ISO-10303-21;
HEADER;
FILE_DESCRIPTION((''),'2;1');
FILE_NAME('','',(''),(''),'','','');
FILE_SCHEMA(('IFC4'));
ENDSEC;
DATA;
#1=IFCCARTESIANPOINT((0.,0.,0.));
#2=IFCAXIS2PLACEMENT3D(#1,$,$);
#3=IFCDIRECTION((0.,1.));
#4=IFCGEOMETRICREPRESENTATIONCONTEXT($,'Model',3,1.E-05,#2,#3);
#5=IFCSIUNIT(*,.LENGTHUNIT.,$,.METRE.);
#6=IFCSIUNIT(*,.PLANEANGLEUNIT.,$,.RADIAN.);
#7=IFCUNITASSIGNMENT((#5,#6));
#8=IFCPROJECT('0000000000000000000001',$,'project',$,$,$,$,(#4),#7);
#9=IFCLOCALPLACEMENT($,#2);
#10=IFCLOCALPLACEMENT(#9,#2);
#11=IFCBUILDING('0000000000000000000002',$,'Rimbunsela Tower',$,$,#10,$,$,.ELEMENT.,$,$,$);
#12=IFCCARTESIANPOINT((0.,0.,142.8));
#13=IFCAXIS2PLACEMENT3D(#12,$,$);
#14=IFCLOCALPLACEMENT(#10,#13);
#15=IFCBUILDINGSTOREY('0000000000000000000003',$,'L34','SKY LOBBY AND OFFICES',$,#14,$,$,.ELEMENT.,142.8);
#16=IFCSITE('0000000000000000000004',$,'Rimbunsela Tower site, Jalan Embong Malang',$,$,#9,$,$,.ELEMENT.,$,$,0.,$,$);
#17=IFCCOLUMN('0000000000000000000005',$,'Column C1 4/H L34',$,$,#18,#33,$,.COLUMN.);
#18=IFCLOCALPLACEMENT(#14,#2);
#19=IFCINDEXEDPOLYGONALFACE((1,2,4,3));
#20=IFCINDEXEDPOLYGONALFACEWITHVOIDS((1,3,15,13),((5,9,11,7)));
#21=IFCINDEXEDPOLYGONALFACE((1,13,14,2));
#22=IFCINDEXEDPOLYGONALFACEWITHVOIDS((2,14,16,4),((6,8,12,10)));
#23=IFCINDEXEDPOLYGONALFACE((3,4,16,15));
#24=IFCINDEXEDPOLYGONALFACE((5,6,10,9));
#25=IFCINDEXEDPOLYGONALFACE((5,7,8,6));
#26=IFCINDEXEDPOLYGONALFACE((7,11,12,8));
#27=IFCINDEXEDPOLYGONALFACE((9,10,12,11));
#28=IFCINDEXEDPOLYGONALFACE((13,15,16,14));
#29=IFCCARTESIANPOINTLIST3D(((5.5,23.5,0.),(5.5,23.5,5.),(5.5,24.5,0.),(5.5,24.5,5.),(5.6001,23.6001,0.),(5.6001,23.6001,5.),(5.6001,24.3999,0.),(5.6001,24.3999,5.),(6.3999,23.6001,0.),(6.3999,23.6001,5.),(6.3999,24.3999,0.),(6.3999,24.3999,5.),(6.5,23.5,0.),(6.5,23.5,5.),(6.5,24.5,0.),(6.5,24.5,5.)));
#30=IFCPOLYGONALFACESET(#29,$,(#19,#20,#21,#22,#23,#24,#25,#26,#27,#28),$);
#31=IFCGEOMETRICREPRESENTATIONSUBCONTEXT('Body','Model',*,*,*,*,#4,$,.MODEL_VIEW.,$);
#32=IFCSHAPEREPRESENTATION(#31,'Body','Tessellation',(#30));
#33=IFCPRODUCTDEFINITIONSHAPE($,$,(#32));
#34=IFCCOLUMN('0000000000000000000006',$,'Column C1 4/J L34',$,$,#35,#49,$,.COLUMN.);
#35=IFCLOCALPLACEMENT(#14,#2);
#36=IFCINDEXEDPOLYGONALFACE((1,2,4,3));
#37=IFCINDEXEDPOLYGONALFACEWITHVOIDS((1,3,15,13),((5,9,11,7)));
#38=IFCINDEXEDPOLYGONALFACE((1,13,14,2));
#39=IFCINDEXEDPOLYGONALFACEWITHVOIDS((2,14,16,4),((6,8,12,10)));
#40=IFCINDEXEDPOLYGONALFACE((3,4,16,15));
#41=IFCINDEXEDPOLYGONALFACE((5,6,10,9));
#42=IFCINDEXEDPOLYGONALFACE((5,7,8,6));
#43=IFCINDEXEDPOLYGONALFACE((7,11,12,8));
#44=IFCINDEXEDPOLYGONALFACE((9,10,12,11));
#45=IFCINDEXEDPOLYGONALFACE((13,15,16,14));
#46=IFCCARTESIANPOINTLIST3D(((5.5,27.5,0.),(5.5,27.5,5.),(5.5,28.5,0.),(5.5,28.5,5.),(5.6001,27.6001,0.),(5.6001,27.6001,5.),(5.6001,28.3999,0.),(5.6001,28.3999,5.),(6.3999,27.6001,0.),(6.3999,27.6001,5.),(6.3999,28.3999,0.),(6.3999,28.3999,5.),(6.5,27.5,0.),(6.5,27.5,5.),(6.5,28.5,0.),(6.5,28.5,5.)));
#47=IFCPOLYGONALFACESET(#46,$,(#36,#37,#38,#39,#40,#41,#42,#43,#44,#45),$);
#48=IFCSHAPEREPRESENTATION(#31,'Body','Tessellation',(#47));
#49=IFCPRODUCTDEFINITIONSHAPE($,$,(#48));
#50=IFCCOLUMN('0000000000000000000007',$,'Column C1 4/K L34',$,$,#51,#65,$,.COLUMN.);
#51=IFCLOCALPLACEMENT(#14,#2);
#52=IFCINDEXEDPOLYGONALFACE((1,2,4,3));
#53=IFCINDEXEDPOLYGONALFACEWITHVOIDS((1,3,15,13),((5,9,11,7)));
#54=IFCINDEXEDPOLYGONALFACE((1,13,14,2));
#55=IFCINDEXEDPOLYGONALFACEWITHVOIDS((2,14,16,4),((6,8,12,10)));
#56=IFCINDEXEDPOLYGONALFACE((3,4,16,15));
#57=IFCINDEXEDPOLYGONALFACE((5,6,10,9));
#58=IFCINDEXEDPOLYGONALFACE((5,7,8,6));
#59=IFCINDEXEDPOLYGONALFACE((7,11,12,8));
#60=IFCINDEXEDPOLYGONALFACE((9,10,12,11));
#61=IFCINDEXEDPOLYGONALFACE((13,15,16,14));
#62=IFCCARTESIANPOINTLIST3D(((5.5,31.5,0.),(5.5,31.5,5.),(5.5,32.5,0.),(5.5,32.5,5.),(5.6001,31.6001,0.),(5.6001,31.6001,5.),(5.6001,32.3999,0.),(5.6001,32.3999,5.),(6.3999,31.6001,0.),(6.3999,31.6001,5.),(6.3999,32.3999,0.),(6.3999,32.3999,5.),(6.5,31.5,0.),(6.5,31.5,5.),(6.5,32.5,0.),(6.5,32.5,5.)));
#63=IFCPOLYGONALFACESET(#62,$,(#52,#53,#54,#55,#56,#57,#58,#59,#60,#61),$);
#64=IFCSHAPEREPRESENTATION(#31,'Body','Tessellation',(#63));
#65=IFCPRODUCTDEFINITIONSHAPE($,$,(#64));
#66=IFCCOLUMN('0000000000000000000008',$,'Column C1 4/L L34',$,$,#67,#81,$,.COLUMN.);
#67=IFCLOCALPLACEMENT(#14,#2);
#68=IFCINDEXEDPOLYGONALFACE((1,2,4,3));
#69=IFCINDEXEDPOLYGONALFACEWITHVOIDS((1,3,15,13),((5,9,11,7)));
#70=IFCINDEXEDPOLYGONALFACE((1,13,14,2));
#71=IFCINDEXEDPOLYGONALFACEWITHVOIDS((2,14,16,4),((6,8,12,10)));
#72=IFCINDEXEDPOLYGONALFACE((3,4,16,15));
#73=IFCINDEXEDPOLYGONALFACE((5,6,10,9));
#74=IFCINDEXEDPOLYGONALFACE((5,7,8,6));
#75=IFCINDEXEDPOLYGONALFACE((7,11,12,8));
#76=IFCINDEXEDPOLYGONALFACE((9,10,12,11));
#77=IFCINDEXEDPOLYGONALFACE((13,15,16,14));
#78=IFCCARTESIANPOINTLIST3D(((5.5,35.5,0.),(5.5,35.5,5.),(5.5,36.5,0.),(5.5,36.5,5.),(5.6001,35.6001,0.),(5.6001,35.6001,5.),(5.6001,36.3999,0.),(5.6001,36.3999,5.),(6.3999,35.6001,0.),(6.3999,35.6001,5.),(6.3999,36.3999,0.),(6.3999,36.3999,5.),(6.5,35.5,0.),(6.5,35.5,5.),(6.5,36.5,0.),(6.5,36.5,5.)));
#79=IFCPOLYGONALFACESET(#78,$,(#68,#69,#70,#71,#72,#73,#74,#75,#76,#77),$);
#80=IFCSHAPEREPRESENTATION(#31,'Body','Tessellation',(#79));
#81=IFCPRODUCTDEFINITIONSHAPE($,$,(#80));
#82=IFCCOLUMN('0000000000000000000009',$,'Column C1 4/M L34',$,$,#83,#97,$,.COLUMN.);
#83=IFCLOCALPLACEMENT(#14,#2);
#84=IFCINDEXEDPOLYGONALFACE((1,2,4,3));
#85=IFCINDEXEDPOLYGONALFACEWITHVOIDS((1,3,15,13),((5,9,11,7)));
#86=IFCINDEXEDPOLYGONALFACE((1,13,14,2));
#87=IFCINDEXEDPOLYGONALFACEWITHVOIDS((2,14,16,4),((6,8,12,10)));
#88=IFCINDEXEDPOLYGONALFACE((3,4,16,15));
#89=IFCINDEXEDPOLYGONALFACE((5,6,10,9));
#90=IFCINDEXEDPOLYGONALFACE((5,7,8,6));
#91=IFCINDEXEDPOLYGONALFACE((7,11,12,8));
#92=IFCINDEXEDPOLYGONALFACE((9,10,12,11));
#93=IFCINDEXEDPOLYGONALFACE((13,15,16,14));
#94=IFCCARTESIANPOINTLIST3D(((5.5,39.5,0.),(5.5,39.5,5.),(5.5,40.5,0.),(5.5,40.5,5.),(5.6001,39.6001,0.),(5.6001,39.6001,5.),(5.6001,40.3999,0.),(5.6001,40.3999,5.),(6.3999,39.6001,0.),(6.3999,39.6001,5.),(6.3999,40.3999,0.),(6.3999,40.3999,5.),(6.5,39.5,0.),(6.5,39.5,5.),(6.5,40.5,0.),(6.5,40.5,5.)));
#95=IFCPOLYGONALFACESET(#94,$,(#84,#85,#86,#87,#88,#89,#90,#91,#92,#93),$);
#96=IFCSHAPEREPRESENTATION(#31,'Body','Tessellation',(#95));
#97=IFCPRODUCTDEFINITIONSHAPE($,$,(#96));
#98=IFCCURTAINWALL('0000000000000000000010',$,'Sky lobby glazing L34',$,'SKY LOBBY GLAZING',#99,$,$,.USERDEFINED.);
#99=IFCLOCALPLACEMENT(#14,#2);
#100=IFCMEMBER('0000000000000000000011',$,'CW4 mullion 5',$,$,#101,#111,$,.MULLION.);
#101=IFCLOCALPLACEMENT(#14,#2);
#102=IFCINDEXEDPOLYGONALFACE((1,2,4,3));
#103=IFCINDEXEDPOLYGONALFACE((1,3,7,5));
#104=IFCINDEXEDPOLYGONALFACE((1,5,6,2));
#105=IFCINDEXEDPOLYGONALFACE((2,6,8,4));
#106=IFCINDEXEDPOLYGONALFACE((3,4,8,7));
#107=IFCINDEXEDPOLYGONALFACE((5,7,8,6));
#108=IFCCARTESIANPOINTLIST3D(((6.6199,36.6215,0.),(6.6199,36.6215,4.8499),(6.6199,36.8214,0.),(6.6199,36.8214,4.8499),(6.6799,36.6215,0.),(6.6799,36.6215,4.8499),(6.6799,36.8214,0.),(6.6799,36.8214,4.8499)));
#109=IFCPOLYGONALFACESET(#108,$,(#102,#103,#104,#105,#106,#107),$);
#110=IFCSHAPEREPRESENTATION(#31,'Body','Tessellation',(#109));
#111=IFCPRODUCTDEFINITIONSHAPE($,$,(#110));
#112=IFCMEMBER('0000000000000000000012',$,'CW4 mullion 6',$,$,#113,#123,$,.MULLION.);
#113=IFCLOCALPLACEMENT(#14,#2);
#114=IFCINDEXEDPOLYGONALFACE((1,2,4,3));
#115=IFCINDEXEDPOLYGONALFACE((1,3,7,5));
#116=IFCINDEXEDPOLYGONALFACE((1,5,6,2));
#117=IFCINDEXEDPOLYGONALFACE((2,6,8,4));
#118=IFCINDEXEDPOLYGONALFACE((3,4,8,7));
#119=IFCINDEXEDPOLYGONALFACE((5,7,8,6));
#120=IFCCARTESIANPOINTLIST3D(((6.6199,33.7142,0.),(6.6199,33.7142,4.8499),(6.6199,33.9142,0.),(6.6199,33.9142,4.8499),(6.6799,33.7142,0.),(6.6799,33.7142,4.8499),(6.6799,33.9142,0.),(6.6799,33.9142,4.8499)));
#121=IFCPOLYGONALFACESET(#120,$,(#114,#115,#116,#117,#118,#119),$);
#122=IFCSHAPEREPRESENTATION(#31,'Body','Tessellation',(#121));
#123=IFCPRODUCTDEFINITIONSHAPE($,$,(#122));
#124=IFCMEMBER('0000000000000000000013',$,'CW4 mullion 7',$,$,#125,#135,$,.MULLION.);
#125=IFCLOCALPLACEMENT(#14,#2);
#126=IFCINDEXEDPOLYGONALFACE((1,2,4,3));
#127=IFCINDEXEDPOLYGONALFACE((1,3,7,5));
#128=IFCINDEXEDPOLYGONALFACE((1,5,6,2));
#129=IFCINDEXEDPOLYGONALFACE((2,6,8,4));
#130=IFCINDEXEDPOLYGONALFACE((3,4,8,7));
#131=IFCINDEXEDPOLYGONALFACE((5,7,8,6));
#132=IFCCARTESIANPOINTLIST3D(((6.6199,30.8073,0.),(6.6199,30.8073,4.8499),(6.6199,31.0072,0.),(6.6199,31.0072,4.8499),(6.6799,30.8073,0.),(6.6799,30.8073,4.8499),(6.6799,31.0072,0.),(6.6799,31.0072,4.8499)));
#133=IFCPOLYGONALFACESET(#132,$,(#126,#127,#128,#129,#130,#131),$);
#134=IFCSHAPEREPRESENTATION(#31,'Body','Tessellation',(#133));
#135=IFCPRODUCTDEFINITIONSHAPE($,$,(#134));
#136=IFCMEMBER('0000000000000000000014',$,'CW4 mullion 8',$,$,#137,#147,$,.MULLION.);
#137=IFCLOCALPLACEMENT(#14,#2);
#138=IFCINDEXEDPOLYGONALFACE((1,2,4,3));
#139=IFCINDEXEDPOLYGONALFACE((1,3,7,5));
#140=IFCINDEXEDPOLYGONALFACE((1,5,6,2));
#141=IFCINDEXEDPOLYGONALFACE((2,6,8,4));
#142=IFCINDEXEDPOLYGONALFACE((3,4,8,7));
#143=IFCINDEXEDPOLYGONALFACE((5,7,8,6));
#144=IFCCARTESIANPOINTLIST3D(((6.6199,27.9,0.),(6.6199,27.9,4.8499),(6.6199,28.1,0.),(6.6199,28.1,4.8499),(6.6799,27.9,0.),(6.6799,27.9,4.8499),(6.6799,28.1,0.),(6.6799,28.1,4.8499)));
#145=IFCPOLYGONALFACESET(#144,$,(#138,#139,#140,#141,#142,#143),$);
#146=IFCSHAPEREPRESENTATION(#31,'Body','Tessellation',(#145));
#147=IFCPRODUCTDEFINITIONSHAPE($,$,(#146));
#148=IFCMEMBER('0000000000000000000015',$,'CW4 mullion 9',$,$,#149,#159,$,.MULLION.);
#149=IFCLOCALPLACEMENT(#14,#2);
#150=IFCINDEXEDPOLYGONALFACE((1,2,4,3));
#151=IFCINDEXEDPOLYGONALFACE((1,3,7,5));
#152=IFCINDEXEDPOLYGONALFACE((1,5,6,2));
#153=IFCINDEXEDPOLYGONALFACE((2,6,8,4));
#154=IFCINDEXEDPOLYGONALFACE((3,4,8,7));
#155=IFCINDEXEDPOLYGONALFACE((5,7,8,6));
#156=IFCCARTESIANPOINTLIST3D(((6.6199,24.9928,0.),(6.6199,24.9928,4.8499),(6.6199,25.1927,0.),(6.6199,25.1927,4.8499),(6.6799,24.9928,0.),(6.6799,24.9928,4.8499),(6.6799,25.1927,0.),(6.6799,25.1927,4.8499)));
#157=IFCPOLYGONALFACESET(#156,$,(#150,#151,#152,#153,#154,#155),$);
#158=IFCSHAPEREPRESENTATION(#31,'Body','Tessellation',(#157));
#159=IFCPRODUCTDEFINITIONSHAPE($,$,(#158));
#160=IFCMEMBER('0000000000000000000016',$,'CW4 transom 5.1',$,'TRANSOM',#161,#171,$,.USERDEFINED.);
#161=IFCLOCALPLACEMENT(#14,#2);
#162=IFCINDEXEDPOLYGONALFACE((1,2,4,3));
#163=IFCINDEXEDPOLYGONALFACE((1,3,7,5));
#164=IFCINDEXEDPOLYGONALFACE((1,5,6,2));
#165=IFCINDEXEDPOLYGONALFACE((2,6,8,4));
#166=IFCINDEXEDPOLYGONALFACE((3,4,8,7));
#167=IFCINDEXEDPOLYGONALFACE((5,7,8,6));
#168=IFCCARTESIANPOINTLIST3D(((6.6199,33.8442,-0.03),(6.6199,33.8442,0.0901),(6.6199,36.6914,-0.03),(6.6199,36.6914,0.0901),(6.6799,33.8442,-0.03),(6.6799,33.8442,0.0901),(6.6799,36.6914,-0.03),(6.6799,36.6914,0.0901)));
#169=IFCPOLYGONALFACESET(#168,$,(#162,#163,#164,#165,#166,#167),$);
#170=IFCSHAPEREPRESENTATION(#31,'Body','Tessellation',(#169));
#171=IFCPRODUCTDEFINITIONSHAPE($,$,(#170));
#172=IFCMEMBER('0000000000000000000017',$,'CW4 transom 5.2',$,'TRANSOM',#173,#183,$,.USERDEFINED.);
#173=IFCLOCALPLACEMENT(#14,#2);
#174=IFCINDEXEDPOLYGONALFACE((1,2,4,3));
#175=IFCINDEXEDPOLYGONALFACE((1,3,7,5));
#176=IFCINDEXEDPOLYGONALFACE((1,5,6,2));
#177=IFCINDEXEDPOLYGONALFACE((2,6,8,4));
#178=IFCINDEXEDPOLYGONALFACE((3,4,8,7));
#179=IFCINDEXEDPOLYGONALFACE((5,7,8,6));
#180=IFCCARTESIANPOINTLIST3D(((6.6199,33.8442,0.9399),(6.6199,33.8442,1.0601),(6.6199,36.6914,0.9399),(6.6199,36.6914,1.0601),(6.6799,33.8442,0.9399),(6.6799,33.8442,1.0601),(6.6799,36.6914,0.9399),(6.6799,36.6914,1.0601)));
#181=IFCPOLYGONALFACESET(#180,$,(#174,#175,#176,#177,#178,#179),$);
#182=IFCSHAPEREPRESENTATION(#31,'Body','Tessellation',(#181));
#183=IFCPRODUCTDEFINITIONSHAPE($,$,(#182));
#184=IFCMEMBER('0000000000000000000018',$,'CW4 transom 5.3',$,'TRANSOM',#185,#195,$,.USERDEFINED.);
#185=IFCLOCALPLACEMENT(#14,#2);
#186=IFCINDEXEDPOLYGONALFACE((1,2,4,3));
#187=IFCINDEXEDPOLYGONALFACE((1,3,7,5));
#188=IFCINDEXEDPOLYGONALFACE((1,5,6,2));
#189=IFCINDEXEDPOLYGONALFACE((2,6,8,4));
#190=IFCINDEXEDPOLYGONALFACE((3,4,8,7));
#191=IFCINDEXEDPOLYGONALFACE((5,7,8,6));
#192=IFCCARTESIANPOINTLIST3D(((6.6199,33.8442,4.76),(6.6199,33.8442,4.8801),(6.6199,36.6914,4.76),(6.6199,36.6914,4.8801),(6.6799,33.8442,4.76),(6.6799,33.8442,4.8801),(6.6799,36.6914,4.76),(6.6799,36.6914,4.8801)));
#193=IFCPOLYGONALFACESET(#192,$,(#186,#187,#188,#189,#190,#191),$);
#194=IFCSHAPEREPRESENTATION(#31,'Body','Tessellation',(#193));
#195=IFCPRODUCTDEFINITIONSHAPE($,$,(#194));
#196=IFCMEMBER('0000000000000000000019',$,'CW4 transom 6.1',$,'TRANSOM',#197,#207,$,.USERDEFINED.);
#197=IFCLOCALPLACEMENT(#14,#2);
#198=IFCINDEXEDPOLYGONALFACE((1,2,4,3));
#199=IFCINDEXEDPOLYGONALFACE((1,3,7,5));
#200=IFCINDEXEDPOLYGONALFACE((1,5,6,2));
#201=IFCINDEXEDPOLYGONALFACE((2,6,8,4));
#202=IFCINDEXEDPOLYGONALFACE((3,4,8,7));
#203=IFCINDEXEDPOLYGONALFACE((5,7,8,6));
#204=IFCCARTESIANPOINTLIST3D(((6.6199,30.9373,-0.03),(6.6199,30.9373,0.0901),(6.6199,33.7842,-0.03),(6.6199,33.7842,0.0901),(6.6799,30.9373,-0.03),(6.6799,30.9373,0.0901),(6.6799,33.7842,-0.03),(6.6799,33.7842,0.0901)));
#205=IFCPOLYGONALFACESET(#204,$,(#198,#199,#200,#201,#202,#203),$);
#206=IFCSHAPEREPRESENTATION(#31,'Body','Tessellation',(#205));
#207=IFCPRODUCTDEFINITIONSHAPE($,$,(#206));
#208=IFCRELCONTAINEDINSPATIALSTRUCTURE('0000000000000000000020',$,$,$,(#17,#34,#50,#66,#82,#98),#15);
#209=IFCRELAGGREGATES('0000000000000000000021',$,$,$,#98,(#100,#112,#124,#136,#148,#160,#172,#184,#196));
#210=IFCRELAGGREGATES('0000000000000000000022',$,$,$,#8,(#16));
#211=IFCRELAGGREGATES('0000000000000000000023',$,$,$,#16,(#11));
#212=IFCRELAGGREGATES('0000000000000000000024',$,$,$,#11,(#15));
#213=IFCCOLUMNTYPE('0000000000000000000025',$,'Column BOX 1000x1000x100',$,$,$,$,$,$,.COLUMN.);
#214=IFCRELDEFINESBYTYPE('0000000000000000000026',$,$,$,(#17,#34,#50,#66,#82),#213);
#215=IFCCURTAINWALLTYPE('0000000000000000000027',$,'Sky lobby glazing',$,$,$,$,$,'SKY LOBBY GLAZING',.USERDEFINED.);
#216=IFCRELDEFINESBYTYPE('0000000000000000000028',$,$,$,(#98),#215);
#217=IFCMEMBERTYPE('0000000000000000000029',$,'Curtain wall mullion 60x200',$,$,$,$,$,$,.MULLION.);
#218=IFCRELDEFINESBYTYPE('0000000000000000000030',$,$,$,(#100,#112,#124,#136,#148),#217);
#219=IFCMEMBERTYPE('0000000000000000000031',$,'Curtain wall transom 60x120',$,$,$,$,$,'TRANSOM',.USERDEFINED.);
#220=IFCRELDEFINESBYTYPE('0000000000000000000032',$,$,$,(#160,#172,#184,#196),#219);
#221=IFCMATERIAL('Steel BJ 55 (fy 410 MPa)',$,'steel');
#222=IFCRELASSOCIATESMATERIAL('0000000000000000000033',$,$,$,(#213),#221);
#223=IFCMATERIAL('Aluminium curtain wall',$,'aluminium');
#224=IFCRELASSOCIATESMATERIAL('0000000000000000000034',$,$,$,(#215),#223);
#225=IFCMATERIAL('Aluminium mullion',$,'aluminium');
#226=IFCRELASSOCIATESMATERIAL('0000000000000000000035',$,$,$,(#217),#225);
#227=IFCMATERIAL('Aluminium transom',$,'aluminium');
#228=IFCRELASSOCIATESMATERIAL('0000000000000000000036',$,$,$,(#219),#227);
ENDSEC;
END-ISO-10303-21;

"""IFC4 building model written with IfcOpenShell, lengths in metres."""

from ifc_helpers import new_model, si_unit, direction, frame, origin, origin_2d, place, context, subcontext, project, spatial, rectangle, hollow_rectangle, extrude, material, material_profile, profile_set, type_object, element, aggregate, save


model = new_model("IFC4")

# Units and contexts
model_context = context("Model", 3, precision=1e-05, world=origin(), true_north=direction((0.0, 1.0)))
body_context = subcontext(model_context, "Body", "Model", "MODEL_VIEW")
ifc_project = project(units=[si_unit("LENGTHUNIT", "METRE"), si_unit("PLANEANGLEUNIT", "RADIAN")], contexts=[model_context])

# Site, building, storey
site_placement = place(None, origin())
site = spatial("IfcSite", under=ifc_project, at=site_placement, Name="Rimbunsela Tower site, Jalan Embong Malang", CompositionType="ELEMENT", RefElevation=0.0)
building_placement = place(site_placement, origin())
building = spatial("IfcBuilding", under=site, at=building_placement, Name="Rimbunsela Tower", CompositionType="ELEMENT")
storey_placement = place(building_placement, frame((0.0, 0.0, 142.8)))
storey = spatial("IfcBuildingStorey", under=building, at=storey_placement, Name="L34", Description="SKY LOBBY AND OFFICES", CompositionType="ELEMENT", Elevation=142.8)

# Columns
ifc_material_1 = material(Name="Steel BJ 55 (fy 410 MPa)", Category="steel")
ifc_material_profile_1 = material_profile(ifc_material_1, hollow_rectangle(XDim=1.0, YDim=1.0, WallThickness=0.1001, at=origin_2d()), Name="BOX 1000x1000x100")
ifc_profile_set_1 = profile_set([ifc_material_profile_1], Name="Steel BJ 55 (fy 410 MPa)")
column_type = type_object("IfcColumnType", Name="Column BOX 1000x1000x100", PredefinedType="COLUMN", material=ifc_profile_set_1)
for number, where, z_axis, x_axis, name in (
    (1, (6.0, 24.0, 0.0), (0.0, 0.0, 1.0), (1.0, 0.0, 0.0), "Column C1 4/H L34"),
    (2, (6.0, 28.0, 0.0), (0.0, 0.0, 1.0), (1.0, 0.0, 0.0), "Column C1 4/J L34"),
    (3, (6.0, 32.0, 0.0), (0.0, 0.0, 1.0), (1.0, 0.0, 0.0), "Column C1 4/K L34"),
    (4, (6.0, 36.0, 0.0), (0.0, 0.0, 1.0), (1.0, 0.0, 0.0), "Column C1 4/L L34"),
    (5, (6.0, 40.0, 0.0), (0.0, 0.0, 1.0), (1.0, 0.0, 0.0), "Column C1 4/M L34"),
):
    element("IfcColumn", number, at=place(storey_placement, frame(where, z_axis=z_axis, x_axis=x_axis)), inside=storey, type_object=column_type, Name=name, PredefinedType="COLUMN", context=body_context, shape_type="SweptSolid", body=[
        extrude(hollow_rectangle(XDim=1.0, YDim=1.0, WallThickness=0.1001, at=origin_2d()), origin(), (0.0, 0.0, 1.0), 5.0),
    ])

# Curtain wall, members
ifc_material_2 = material(Name="Aluminium curtain wall", Category="aluminium")
curtain_wall_type = type_object("IfcCurtainWallType", Name="Sky lobby glazing", ElementType="SKY LOBBY GLAZING", PredefinedType="USERDEFINED", material=ifc_material_2)
curtain_wall_placement = place(storey_placement, origin())
curtain_wall = element("IfcCurtainWall", 6, at=curtain_wall_placement, inside=storey, type_object=curtain_wall_type, Name="Sky lobby glazing L34", ObjectType="SKY LOBBY GLAZING", PredefinedType="USERDEFINED")
ifc_material_3 = material(Name="Aluminium mullion", Category="aluminium")
ifc_material_profile_2 = material_profile(ifc_material_3, rectangle(XDim=0.0601, YDim=0.2, at=origin_2d()), Name="Mullion 60x200")
ifc_profile_set_2 = profile_set([ifc_material_profile_2], Name="Aluminium mullion")
member_type_1 = type_object("IfcMemberType", Name="Curtain wall mullion 60x200", PredefinedType="MULLION", material=ifc_profile_set_2)
member_1_placement = place(storey_placement, frame((6.6499, 36.7214, 0.0), z_axis=(0.0, 0.0, 1.0), x_axis=(1.0, 0.0, 0.0)))
member_1 = element("IfcMember", 7, at=member_1_placement, type_object=member_type_1, Name="CW4 mullion 5", PredefinedType="MULLION", context=body_context, shape_type="SweptSolid", body=[
    extrude(rectangle(XDim=0.0601, YDim=0.2, at=origin_2d()), origin(), (0.0, 0.0, 1.0), 4.8499),
])
member_2_placement = place(storey_placement, frame((6.6499, 33.8142, 0.0), z_axis=(0.0, 0.0, 1.0), x_axis=(1.0, 0.0, 0.0)))
member_2 = element("IfcMember", 8, at=member_2_placement, type_object=member_type_1, Name="CW4 mullion 6", PredefinedType="MULLION", context=body_context, shape_type="SweptSolid", body=[
    extrude(rectangle(XDim=0.0601, YDim=0.2, at=origin_2d()), origin(), (0.0, 0.0, 1.0), 4.8499),
])
member_3_placement = place(storey_placement, frame((6.6499, 30.9072, 0.0), z_axis=(0.0, 0.0, 1.0), x_axis=(1.0, 0.0, 0.0)))
member_3 = element("IfcMember", 9, at=member_3_placement, type_object=member_type_1, Name="CW4 mullion 7", PredefinedType="MULLION", context=body_context, shape_type="SweptSolid", body=[
    extrude(rectangle(XDim=0.0601, YDim=0.2, at=origin_2d()), origin(), (0.0, 0.0, 1.0), 4.8499),
])
member_4_placement = place(storey_placement, frame((6.6499, 28.0, 0.0), z_axis=(0.0, 0.0, 1.0), x_axis=(1.0, 0.0, 0.0)))
member_4 = element("IfcMember", 10, at=member_4_placement, type_object=member_type_1, Name="CW4 mullion 8", PredefinedType="MULLION", context=body_context, shape_type="SweptSolid", body=[
    extrude(rectangle(XDim=0.0601, YDim=0.2, at=origin_2d()), origin(), (0.0, 0.0, 1.0), 4.8499),
])
member_5_placement = place(storey_placement, frame((6.6499, 25.0928, 0.0), z_axis=(0.0, 0.0, 1.0), x_axis=(1.0, 0.0, 0.0)))
member_5 = element("IfcMember", 11, at=member_5_placement, type_object=member_type_1, Name="CW4 mullion 9", PredefinedType="MULLION", context=body_context, shape_type="SweptSolid", body=[
    extrude(rectangle(XDim=0.0601, YDim=0.2, at=origin_2d()), origin(), (0.0, 0.0, 1.0), 4.8499),
])
ifc_material_4 = material(Name="Aluminium transom", Category="aluminium")
ifc_material_profile_3 = material_profile(ifc_material_4, rectangle(XDim=0.0601, YDim=0.1201, at=origin_2d()), Name="Transom 60x120")
ifc_profile_set_3 = profile_set([ifc_material_profile_3], Name="Aluminium transom")
member_type_2 = type_object("IfcMemberType", Name="Curtain wall transom 60x120", ElementType="TRANSOM", PredefinedType="USERDEFINED", material=ifc_profile_set_3)
member_6_placement = place(storey_placement, frame((6.6499, 36.6914, 0.03), z_axis=(0.0, -1.0, 0.0), x_axis=(1.0, 0.0, 0.0)))
member_6 = element("IfcMember", 12, at=member_6_placement, type_object=member_type_2, Name="CW4 transom 5.1", ObjectType="TRANSOM", PredefinedType="USERDEFINED", context=body_context, shape_type="SweptSolid", body=[
    extrude(rectangle(XDim=0.0601, YDim=0.1201, at=origin_2d()), origin(), (0.0, 0.0, 1.0), 2.8472),
])
member_7_placement = place(storey_placement, frame((6.6499, 36.6914, 1.0), z_axis=(0.0, -1.0, 0.0), x_axis=(1.0, 0.0, 0.0)))
member_7 = element("IfcMember", 13, at=member_7_placement, type_object=member_type_2, Name="CW4 transom 5.2", ObjectType="TRANSOM", PredefinedType="USERDEFINED", context=body_context, shape_type="SweptSolid", body=[
    extrude(rectangle(XDim=0.0601, YDim=0.1201, at=origin_2d()), origin(), (0.0, 0.0, 1.0), 2.8472),
])
member_8_placement = place(storey_placement, frame((6.6499, 36.6914, 4.8201), z_axis=(0.0, -1.0, 0.0), x_axis=(1.0, 0.0, 0.0)))
member_8 = element("IfcMember", 14, at=member_8_placement, type_object=member_type_2, Name="CW4 transom 5.3", ObjectType="TRANSOM", PredefinedType="USERDEFINED", context=body_context, shape_type="SweptSolid", body=[
    extrude(rectangle(XDim=0.0601, YDim=0.1201, at=origin_2d()), origin(), (0.0, 0.0, 1.0), 2.8472),
])
member_9_placement = place(storey_placement, frame((6.6499, 33.7842, 0.03), z_axis=(0.0, -1.0, 0.0), x_axis=(1.0, 0.0, 0.0)))
member_9 = element("IfcMember", 15, at=member_9_placement, type_object=member_type_2, Name="CW4 transom 6.1", ObjectType="TRANSOM", PredefinedType="USERDEFINED", context=body_context, shape_type="SweptSolid", body=[
    extrude(rectangle(XDim=0.0601, YDim=0.1201, at=origin_2d()), origin(), (0.0, 0.0, 1.0), 2.8469),
])
aggregate(curtain_wall, [member_1, member_2, member_3, member_4, member_5, member_6, member_7, member_8, member_9])

save(model, "model.ifc")
